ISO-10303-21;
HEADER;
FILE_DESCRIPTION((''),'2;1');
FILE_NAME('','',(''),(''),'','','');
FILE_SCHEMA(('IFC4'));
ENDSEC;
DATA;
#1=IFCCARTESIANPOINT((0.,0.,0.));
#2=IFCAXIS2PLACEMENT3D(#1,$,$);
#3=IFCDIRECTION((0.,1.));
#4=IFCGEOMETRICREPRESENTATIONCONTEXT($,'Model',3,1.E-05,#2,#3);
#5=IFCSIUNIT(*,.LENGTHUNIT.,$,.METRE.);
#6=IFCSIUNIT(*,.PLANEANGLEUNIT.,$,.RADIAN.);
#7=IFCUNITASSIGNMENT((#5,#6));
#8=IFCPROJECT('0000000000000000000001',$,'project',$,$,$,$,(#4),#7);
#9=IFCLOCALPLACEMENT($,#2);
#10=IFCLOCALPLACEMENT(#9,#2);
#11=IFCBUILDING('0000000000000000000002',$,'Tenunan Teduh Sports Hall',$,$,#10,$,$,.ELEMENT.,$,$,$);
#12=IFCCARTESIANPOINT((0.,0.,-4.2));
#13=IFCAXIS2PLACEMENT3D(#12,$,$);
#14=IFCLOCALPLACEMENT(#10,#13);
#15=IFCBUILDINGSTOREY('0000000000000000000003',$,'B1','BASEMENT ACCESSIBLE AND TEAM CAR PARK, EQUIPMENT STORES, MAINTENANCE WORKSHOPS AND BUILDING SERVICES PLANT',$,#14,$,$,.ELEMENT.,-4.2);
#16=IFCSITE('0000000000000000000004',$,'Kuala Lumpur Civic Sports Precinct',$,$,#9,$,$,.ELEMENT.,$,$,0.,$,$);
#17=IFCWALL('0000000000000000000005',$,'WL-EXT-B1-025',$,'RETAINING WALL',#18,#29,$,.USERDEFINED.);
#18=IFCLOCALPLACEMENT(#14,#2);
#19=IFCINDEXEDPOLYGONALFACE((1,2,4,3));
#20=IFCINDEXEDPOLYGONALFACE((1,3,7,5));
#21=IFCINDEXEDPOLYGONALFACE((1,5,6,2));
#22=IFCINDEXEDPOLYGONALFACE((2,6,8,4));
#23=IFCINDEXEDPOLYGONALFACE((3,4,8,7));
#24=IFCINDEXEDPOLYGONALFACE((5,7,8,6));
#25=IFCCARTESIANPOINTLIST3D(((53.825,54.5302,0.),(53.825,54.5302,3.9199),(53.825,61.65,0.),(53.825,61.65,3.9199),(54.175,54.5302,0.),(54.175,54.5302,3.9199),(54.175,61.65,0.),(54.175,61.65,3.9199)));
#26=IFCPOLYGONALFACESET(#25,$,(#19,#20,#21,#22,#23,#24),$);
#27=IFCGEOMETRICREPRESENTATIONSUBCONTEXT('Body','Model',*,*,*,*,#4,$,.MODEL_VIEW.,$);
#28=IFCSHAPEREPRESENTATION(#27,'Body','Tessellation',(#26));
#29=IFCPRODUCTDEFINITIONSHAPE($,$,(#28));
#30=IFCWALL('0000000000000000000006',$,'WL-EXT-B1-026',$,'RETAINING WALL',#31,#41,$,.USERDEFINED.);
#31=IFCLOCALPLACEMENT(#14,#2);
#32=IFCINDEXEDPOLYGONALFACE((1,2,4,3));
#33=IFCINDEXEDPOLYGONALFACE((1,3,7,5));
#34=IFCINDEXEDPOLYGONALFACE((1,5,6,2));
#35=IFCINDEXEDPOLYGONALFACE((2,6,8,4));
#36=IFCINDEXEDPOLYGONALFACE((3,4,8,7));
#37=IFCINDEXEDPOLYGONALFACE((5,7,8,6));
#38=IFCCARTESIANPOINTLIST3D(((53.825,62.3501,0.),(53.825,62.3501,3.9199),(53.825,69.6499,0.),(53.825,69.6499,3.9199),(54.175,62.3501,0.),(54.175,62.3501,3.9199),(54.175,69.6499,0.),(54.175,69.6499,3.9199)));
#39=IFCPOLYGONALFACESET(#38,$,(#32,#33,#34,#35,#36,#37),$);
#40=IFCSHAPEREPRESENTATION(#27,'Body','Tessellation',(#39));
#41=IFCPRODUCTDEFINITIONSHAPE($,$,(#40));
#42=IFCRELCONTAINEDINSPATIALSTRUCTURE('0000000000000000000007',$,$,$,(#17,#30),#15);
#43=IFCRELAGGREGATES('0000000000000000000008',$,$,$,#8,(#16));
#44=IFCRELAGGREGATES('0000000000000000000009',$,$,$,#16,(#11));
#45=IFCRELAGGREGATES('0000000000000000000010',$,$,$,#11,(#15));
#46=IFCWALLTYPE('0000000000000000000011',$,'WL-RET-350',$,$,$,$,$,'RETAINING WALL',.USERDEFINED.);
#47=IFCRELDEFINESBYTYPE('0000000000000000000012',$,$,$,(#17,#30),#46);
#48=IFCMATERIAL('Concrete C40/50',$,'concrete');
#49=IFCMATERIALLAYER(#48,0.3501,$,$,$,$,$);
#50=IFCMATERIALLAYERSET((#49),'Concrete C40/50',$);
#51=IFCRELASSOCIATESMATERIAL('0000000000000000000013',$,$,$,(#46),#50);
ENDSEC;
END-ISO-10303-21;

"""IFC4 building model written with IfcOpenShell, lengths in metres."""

from ifc_helpers import new_model, si_unit, direction, frame, frame_2d, origin, place, context, subcontext, project, spatial, rectangle, extrude, material, layer, layer_set, type_object, element, save


model = new_model("IFC4")

# Units and contexts
model_context = context("Model", 3, precision=1e-05, world=origin(), true_north=direction((0.0, 1.0)))
body_context = subcontext(model_context, "Body", "Model", "MODEL_VIEW")
ifc_project = project(units=[si_unit("LENGTHUNIT", "METRE"), si_unit("PLANEANGLEUNIT", "RADIAN")], contexts=[model_context])

# Site, building, storey
site_placement = place(None, origin())
site = spatial("IfcSite", under=ifc_project, at=site_placement, Name="Kuala Lumpur Civic Sports Precinct", CompositionType="ELEMENT", RefElevation=0.0)
building_placement = place(site_placement, origin())
building = spatial("IfcBuilding", under=site, at=building_placement, Name="Tenunan Teduh Sports Hall", CompositionType="ELEMENT")
storey_placement = place(building_placement, frame((0.0, 0.0, -4.2)))
storey = spatial("IfcBuildingStorey", under=building, at=storey_placement, Name="B1", Description="BASEMENT ACCESSIBLE AND TEAM CAR PARK, EQUIPMENT STORES, MAINTENANCE WORKSHOPS AND BUILDING SERVICES PLANT", CompositionType="ELEMENT", Elevation=-4.2)

# Walls
ifc_material_1 = material(Name="Concrete C40/50", Category="concrete")
ifc_layer = layer(ifc_material_1, 0.3501)
ifc_layer_set = layer_set([ifc_layer], Name="Concrete C40/50")
wall_type = type_object("IfcWallType", Name="WL-RET-350", ElementType="RETAINING WALL", PredefinedType="USERDEFINED", material=ifc_layer_set)
for number, where, z_axis, x_axis, name in (
    (1, (54.0, 54.53, 0.0), (0.0, 0.0, 1.0), (0.0, 1.0, 0.0), "WL-EXT-B1-025"),
):
    element("IfcWall", number, at=place(storey_placement, frame(where, z_axis=z_axis, x_axis=x_axis)), inside=storey, type_object=wall_type, Name=name, ObjectType="RETAINING WALL", PredefinedType="USERDEFINED", context=body_context, shape_type="SweptSolid", body=[
        extrude(rectangle(XDim=7.1199, YDim=0.3501, at=frame_2d((3.5601, 0.0))), origin(), (0.0, 0.0, 1.0), 3.9199),
    ])
wall_placement = place(storey_placement, frame((54.0, 62.3501, 0.0), z_axis=(0.0, 0.0, 1.0), x_axis=(0.0, 1.0, 0.0)))
element("IfcWall", 2, at=wall_placement, inside=storey, type_object=wall_type, Name="WL-EXT-B1-026", ObjectType="RETAINING WALL", PredefinedType="USERDEFINED", context=body_context, shape_type="SweptSolid", body=[
    extrude(rectangle(XDim=7.2998, YDim=0.3501, at=frame_2d((3.6499, 0.0))), origin(), (0.0, 0.0, 1.0), 3.9199),
])

save(model, "model.ifc")
